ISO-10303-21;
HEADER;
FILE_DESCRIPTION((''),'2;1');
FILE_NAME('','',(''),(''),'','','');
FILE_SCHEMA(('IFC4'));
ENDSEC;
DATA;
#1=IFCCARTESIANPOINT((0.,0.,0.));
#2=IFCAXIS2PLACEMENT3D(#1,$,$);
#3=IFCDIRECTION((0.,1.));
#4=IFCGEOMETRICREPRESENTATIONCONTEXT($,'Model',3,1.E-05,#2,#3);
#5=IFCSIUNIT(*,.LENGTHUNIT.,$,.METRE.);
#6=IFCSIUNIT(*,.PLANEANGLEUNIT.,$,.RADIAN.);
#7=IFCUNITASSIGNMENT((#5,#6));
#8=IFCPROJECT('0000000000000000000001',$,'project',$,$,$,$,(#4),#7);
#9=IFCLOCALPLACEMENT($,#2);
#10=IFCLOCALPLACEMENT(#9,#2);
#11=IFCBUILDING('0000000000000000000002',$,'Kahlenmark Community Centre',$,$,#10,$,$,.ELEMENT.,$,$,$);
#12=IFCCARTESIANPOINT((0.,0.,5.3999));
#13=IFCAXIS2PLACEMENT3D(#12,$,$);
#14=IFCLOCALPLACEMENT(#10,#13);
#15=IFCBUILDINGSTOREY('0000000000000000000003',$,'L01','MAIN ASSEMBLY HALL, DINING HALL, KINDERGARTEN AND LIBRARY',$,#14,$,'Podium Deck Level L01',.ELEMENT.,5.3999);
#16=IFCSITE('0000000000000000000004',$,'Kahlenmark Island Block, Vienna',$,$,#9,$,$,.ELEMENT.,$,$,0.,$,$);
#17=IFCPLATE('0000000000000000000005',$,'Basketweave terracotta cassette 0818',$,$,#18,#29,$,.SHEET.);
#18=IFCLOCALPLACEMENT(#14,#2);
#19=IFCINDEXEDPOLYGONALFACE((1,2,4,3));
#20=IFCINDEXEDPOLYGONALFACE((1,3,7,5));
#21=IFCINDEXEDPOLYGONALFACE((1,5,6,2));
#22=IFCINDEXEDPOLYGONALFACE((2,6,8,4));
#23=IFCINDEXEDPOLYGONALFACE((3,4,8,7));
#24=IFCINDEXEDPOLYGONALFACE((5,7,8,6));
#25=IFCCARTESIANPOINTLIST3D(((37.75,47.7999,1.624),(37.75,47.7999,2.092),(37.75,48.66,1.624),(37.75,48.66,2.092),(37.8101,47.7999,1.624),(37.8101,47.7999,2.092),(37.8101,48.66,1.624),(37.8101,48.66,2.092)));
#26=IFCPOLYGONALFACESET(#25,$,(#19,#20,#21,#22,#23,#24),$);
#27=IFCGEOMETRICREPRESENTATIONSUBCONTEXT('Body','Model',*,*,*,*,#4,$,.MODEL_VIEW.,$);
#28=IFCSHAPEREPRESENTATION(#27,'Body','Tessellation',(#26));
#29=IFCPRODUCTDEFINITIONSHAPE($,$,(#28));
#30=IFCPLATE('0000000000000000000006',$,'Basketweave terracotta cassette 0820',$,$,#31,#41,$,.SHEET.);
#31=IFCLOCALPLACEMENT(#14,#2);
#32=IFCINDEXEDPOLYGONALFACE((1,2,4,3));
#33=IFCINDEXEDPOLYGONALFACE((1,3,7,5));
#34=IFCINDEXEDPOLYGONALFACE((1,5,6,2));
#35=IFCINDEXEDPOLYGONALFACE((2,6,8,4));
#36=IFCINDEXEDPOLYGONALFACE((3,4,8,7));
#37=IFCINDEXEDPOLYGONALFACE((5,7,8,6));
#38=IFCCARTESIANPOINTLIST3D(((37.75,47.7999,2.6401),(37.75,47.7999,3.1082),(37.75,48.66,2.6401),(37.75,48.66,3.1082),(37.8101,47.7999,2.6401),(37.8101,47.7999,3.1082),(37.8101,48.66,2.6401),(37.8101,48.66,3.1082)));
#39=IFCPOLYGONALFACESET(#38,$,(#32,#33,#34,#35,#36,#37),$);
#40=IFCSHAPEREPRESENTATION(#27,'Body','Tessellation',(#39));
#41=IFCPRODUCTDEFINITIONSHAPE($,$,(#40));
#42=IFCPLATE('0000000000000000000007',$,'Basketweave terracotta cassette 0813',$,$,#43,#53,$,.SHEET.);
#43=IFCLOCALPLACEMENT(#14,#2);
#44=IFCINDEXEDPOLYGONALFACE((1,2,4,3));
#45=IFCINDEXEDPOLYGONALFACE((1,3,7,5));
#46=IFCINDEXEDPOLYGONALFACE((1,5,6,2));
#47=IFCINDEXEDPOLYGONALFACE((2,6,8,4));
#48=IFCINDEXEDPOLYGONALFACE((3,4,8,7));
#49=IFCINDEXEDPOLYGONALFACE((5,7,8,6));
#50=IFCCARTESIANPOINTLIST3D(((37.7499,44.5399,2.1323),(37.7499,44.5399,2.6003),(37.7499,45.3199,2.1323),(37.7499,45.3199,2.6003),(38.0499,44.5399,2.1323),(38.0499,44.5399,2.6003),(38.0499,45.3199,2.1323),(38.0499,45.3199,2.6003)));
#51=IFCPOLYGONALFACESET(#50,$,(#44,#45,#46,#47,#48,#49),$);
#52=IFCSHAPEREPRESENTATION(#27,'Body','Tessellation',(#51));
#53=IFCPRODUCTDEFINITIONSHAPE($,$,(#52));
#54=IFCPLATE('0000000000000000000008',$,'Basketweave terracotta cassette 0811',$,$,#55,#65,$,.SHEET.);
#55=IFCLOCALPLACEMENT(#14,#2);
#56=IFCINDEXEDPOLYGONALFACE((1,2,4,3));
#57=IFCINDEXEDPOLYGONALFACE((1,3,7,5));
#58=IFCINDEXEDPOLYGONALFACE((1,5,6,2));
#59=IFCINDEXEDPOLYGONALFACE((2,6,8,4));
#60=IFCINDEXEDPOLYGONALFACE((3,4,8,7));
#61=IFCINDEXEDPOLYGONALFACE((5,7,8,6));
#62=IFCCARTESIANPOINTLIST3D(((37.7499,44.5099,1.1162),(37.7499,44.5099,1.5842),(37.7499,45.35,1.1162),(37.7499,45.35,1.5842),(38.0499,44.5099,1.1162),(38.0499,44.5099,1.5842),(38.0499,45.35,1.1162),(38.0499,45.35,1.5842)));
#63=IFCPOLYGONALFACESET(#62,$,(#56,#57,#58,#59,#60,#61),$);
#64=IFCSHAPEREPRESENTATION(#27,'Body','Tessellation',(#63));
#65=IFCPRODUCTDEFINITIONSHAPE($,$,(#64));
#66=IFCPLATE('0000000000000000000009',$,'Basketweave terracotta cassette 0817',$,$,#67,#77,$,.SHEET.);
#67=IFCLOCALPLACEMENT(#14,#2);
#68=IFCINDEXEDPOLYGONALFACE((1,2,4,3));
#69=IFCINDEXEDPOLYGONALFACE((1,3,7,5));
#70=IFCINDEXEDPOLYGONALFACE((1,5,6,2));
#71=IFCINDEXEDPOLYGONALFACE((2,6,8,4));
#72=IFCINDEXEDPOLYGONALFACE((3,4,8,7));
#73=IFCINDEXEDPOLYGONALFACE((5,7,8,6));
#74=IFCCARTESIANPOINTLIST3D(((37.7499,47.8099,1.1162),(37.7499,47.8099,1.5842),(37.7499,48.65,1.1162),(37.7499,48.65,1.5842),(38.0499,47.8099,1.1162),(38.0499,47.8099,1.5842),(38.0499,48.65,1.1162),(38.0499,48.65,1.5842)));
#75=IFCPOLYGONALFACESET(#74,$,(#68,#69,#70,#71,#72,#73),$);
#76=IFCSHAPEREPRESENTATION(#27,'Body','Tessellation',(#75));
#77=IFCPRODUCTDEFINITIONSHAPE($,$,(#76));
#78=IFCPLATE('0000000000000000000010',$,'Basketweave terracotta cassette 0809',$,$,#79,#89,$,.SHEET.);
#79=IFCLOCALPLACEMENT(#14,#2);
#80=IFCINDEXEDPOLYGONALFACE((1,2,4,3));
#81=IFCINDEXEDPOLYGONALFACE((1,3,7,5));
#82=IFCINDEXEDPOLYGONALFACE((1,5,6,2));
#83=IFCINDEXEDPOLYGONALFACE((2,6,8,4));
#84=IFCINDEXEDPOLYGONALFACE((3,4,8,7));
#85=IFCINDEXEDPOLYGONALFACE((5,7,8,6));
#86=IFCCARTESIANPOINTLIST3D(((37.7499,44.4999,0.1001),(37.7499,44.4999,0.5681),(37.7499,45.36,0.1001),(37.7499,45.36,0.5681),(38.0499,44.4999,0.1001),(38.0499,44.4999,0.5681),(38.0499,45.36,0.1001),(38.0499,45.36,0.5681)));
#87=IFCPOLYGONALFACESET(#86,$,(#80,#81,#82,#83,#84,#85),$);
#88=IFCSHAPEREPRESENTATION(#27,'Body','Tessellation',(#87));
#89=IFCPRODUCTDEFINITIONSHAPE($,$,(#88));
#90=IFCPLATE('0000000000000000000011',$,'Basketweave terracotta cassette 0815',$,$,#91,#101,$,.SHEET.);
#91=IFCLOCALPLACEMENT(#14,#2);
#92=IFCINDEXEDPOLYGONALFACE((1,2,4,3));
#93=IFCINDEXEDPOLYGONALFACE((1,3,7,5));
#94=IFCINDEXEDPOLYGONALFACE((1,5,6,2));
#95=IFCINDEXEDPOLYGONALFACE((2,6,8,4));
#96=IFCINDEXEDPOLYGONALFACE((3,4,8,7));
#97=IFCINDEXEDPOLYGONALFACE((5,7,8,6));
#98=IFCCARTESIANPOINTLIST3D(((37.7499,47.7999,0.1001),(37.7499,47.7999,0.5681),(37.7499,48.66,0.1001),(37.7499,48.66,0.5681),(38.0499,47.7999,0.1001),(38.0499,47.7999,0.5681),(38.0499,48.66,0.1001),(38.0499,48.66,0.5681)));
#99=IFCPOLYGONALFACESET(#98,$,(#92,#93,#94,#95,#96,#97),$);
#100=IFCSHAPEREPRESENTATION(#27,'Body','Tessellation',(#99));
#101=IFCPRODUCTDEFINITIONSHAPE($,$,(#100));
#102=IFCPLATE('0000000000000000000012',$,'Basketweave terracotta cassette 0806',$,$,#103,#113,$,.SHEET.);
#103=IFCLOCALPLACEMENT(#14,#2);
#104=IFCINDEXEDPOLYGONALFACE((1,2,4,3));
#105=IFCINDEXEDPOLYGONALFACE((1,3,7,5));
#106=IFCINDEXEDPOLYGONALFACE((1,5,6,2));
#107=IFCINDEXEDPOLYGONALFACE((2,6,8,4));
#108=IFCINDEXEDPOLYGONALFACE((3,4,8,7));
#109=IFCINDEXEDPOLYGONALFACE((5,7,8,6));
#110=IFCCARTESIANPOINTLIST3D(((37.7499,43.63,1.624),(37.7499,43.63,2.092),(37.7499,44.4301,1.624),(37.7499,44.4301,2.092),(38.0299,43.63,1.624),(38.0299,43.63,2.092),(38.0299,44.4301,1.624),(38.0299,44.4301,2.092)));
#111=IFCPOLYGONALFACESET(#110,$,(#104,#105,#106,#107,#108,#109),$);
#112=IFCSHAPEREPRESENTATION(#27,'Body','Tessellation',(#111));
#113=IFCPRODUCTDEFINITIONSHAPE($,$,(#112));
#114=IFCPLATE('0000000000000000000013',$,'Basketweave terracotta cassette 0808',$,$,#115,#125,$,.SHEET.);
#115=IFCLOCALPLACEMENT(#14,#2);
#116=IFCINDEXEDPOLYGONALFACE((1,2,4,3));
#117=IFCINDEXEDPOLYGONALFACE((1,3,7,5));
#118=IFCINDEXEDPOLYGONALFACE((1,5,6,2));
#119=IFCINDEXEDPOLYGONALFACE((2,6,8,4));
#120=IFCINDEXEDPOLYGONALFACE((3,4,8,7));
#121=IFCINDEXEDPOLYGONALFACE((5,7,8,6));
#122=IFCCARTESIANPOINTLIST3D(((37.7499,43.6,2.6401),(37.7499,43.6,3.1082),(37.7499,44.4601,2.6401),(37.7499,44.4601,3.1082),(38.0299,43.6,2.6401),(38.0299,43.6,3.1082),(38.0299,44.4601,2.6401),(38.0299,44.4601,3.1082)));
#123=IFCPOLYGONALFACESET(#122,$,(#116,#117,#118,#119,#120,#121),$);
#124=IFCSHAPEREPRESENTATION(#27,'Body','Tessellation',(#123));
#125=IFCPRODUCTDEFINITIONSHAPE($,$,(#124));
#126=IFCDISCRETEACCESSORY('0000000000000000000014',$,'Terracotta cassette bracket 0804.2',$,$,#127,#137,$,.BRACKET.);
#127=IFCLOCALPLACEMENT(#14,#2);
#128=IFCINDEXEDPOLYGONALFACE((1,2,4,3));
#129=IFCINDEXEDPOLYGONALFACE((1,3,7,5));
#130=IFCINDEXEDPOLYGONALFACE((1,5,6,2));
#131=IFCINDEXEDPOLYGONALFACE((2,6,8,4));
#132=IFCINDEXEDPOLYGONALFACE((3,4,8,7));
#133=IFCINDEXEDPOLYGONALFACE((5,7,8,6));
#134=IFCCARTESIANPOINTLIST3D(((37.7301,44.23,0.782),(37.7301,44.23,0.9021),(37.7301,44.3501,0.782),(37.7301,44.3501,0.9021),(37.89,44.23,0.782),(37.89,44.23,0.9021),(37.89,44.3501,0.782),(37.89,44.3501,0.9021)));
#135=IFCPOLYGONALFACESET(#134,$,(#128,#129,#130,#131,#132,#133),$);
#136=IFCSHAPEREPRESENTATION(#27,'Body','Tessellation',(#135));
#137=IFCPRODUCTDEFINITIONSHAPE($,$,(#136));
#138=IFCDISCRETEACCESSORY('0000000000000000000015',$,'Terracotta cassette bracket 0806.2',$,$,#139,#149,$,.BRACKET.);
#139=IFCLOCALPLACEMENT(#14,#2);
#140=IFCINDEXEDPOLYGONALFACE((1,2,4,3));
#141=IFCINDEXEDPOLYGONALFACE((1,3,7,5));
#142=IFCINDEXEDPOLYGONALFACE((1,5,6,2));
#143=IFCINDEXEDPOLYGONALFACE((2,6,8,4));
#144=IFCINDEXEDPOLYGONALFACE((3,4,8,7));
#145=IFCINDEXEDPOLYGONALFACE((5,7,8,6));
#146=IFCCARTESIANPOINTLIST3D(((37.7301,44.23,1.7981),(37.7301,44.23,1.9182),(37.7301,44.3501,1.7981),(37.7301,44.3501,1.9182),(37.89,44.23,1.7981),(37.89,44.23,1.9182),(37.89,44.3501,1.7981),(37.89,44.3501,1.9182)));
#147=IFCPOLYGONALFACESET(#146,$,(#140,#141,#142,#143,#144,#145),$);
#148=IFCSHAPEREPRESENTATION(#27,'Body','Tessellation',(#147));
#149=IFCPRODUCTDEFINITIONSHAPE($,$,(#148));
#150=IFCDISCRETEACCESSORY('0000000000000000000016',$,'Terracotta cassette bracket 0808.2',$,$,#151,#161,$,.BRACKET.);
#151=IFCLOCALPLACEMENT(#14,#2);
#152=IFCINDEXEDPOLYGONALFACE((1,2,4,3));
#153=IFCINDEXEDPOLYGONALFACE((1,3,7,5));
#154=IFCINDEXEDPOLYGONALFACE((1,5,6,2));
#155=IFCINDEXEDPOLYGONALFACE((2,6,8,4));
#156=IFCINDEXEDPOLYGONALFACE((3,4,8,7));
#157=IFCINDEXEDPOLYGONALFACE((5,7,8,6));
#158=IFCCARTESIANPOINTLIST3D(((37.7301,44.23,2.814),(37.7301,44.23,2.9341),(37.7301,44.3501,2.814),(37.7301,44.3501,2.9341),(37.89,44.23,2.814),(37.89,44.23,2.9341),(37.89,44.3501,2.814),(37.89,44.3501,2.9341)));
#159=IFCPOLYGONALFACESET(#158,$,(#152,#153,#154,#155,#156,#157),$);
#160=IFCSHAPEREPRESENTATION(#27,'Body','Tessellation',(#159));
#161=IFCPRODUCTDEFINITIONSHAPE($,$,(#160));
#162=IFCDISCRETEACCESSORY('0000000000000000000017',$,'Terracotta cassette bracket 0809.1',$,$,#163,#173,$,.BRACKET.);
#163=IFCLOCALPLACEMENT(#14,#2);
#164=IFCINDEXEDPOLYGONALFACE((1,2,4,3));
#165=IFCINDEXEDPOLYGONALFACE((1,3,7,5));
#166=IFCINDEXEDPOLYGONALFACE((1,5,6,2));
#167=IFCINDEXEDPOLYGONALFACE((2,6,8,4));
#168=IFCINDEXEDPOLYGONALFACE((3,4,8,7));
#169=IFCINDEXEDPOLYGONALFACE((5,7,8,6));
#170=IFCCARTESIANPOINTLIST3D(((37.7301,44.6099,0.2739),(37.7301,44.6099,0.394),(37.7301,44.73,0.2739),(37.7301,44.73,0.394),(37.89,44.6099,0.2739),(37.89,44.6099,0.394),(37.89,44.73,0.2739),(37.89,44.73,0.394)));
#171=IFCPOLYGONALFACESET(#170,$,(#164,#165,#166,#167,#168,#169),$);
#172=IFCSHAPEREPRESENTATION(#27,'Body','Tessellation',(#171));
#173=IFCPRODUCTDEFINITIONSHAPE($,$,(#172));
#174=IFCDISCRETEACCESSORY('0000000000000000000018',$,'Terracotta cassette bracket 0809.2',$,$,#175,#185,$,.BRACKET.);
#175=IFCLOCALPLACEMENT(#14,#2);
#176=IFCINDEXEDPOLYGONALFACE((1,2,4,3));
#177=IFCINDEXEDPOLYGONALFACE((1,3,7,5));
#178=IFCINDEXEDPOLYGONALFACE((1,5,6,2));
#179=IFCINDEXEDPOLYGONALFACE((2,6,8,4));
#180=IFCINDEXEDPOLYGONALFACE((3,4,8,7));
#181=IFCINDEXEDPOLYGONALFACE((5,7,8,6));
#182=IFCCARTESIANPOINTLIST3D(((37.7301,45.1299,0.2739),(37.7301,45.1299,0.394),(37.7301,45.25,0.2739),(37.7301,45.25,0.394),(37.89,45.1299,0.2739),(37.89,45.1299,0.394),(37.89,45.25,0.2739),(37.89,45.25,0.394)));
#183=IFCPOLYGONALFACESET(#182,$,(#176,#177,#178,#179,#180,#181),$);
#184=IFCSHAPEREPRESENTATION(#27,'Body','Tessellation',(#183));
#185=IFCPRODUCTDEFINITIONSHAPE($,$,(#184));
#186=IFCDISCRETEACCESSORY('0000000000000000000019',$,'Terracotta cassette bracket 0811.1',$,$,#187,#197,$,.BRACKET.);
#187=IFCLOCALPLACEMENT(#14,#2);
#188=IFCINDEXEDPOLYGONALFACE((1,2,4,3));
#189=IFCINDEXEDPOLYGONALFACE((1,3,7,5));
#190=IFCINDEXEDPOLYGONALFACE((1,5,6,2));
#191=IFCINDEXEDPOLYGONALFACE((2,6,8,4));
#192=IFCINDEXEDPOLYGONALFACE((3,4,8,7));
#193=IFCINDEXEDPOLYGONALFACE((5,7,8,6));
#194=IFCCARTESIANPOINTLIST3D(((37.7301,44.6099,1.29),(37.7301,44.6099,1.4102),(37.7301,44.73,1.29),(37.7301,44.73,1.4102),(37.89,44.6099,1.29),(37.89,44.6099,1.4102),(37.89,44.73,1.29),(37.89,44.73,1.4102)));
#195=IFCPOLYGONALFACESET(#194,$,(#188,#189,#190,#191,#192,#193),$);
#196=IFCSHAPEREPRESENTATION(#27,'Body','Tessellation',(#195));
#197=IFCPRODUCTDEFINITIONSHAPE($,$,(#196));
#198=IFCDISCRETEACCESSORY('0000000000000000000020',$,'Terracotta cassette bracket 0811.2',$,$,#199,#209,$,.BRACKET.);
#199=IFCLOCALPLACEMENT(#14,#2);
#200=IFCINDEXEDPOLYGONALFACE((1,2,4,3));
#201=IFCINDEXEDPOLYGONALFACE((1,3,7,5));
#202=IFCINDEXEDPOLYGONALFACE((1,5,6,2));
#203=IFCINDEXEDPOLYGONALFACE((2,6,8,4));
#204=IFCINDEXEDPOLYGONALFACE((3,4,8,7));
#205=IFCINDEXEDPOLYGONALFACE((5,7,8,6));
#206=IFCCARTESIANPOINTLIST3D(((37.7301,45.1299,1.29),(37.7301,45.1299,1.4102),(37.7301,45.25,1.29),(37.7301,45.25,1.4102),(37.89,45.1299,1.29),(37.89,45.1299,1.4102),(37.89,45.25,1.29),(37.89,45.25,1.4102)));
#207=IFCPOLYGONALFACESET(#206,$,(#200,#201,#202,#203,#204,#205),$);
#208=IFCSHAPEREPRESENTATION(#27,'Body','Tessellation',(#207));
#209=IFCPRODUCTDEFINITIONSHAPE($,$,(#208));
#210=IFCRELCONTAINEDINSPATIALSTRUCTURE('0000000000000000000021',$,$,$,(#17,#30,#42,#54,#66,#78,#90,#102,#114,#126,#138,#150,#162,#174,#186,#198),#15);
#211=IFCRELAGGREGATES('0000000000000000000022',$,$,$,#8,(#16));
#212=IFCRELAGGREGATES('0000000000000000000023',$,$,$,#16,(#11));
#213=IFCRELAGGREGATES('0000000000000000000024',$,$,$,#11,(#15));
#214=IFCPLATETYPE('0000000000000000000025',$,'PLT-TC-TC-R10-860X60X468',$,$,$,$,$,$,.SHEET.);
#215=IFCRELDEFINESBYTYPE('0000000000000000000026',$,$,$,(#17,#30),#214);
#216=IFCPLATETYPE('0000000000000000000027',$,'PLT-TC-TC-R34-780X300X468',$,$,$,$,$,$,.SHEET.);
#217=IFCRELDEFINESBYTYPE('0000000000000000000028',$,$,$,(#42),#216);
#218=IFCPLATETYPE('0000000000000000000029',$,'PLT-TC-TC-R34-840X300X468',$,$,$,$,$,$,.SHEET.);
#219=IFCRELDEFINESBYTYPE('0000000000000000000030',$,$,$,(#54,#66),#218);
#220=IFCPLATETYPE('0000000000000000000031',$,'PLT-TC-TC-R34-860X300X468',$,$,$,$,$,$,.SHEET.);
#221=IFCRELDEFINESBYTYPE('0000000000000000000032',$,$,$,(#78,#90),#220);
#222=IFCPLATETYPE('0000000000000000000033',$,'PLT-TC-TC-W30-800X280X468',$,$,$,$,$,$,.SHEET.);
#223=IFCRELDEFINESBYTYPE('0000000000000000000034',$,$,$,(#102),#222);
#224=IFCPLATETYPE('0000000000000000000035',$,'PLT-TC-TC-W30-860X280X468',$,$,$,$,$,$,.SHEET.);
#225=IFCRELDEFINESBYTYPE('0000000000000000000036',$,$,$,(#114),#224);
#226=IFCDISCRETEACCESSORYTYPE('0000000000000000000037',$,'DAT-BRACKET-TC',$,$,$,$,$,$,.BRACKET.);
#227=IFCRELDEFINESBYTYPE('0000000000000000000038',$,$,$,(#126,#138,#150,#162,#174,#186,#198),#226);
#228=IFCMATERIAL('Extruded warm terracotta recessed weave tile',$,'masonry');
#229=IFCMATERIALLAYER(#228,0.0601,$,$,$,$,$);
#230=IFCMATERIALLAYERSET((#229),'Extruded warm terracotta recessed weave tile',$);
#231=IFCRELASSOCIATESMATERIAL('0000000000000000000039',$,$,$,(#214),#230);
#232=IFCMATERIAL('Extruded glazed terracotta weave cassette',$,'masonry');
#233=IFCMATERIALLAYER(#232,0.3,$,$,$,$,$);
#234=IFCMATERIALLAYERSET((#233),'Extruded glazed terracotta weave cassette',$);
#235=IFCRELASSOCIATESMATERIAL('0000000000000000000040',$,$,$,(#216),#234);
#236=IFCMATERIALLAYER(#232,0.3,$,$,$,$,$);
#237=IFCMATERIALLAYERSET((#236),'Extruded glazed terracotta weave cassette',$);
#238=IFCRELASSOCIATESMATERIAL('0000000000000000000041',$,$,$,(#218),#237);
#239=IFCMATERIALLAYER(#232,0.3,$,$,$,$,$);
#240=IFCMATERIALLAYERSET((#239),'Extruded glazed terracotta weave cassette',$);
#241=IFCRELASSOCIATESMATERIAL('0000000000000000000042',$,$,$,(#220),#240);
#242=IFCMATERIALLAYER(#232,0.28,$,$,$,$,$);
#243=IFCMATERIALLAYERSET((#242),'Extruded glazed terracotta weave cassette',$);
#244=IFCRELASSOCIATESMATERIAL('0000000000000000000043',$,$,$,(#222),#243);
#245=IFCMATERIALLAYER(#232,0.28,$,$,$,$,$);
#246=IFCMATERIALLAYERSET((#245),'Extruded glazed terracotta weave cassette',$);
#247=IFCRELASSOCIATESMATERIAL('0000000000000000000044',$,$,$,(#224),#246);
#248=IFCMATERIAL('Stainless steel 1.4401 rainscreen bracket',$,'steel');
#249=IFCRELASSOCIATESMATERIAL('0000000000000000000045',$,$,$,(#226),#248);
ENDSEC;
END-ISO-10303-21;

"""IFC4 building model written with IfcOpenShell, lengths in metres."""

from ifc_helpers import new_model, si_unit, direction, frame, origin, origin_2d, place, context, subcontext, project, spatial, rectangle, extrude, material, layer, layer_set, type_object, element, save


model = new_model("IFC4")

# Units and contexts
model_context = context("Model", 3, precision=1e-05, world=origin(), true_north=direction((0.0, 1.0)))
body_context = subcontext(model_context, "Body", "Model", "MODEL_VIEW")
ifc_project = project(units=[si_unit("LENGTHUNIT", "METRE"), si_unit("PLANEANGLEUNIT", "RADIAN")], contexts=[model_context])

# Site, building, storey
site_placement = place(None, origin())
site = spatial("IfcSite", under=ifc_project, at=site_placement, Name="Kahlenmark Island Block, Vienna", CompositionType="ELEMENT", RefElevation=0.0)
building_placement = place(site_placement, origin())
building = spatial("IfcBuilding", under=site, at=building_placement, Name="Kahlenmark Community Centre", CompositionType="ELEMENT")
storey_placement = place(building_placement, frame((0.0, 0.0, 5.3999)))
storey = spatial("IfcBuildingStorey", under=building, at=storey_placement, Name="L01", Description="MAIN ASSEMBLY HALL, DINING HALL, KINDERGARTEN AND LIBRARY", LongName="Podium Deck Level L01", CompositionType="ELEMENT", Elevation=5.3999)

# Plates
ifc_material_1 = material(Name="Extruded warm terracotta recessed weave tile", Category="masonry")
ifc_layer_1 = layer(ifc_material_1, 0.0601)
ifc_layer_set_1 = layer_set([ifc_layer_1], Name="Extruded warm terracotta recessed weave tile")
plate_type_1 = type_object("IfcPlateType", Name="PLT-TC-TC-R10-860X60X468", PredefinedType="SHEET", material=ifc_layer_set_1)
for number, where, z_axis, x_axis, name in (
    (1, (37.78, 48.23, 1.624), (0.0, 0.0, 1.0), (0.0, 1.0, 0.0), "Basketweave terracotta cassette 0818"),
    (2, (37.78, 48.23, 2.6401), (0.0, 0.0, 1.0), (0.0, 1.0, 0.0), "Basketweave terracotta cassette 0820"),
):
    element("IfcPlate", number, at=place(storey_placement, frame(where, z_axis=z_axis, x_axis=x_axis)), inside=storey, type_object=plate_type_1, Name=name, PredefinedType="SHEET", context=body_context, shape_type="SweptSolid", body=[
        extrude(rectangle(XDim=0.8601, YDim=0.0601, at=origin_2d()), origin(), (0.0, 0.0, 1.0), 0.468),
    ])
ifc_material_2 = material(Name="Extruded glazed terracotta weave cassette", Category="masonry")
ifc_layer_2 = layer(ifc_material_2, 0.3)
ifc_layer_set_2 = layer_set([ifc_layer_2], Name="Extruded glazed terracotta weave cassette")
plate_type_2 = type_object("IfcPlateType", Name="PLT-TC-TC-R34-780X300X468", PredefinedType="SHEET", material=ifc_layer_set_2)
plate_1_placement = place(storey_placement, frame((37.8999, 44.9299, 2.1323), z_axis=(0.0, 0.0, 1.0), x_axis=(0.0, 1.0, 0.0)))
element("IfcPlate", 3, at=plate_1_placement, inside=storey, type_object=plate_type_2, Name="Basketweave terracotta cassette 0813", PredefinedType="SHEET", context=body_context, shape_type="SweptSolid", body=[
    extrude(rectangle(XDim=0.78, YDim=0.3, at=origin_2d()), origin(), (0.0, 0.0, 1.0), 0.468),
])
ifc_layer_3 = layer(ifc_material_2, 0.3)
ifc_layer_set_3 = layer_set([ifc_layer_3], Name="Extruded glazed terracotta weave cassette")
plate_type_3 = type_object("IfcPlateType", Name="PLT-TC-TC-R34-840X300X468", PredefinedType="SHEET", material=ifc_layer_set_3)
for number, where, z_axis, x_axis, name in (
    (4, (37.8999, 44.9299, 1.1162), (0.0, 0.0, 1.0), (0.0, 1.0, 0.0), "Basketweave terracotta cassette 0811"),
    (5, (37.8999, 48.23, 1.1162), (0.0, 0.0, 1.0), (0.0, 1.0, 0.0), "Basketweave terracotta cassette 0817"),
):
    element("IfcPlate", number, at=place(storey_placement, frame(where, z_axis=z_axis, x_axis=x_axis)), inside=storey, type_object=plate_type_3, Name=name, PredefinedType="SHEET", context=body_context, shape_type="SweptSolid", body=[
        extrude(rectangle(XDim=0.8401, YDim=0.3, at=origin_2d()), origin(), (0.0, 0.0, 1.0), 0.468),
    ])
ifc_layer_4 = layer(ifc_material_2, 0.3)
ifc_layer_set_4 = layer_set([ifc_layer_4], Name="Extruded glazed terracotta weave cassette")
plate_type_4 = type_object("IfcPlateType", Name="PLT-TC-TC-R34-860X300X468", PredefinedType="SHEET", material=ifc_layer_set_4)
for number, where, z_axis, x_axis, name in (
    (6, (37.8999, 44.9299, 0.1001), (0.0, 0.0, 1.0), (0.0, 1.0, 0.0), "Basketweave terracotta cassette 0809"),
    (7, (37.8999, 48.23, 0.1001), (0.0, 0.0, 1.0), (0.0, 1.0, 0.0), "Basketweave terracotta cassette 0815"),
):
    element("IfcPlate", number, at=place(storey_placement, frame(where, z_axis=z_axis, x_axis=x_axis)), inside=storey, type_object=plate_type_4, Name=name, PredefinedType="SHEET", context=body_context, shape_type="SweptSolid", body=[
        extrude(rectangle(XDim=0.8601, YDim=0.3, at=origin_2d()), origin(), (0.0, 0.0, 1.0), 0.468),
    ])
ifc_layer_5 = layer(ifc_material_2, 0.28)
ifc_layer_set_5 = layer_set([ifc_layer_5], Name="Extruded glazed terracotta weave cassette")
plate_type_5 = type_object("IfcPlateType", Name="PLT-TC-TC-W30-800X280X468", PredefinedType="SHEET", material=ifc_layer_set_5)
plate_2_placement = place(storey_placement, frame((37.8899, 44.03, 1.624), z_axis=(0.0, 0.0, 1.0), x_axis=(0.0, 1.0, 0.0)))
element("IfcPlate", 8, at=plate_2_placement, inside=storey, type_object=plate_type_5, Name="Basketweave terracotta cassette 0806", PredefinedType="SHEET", context=body_context, shape_type="SweptSolid", body=[
    extrude(rectangle(XDim=0.8, YDim=0.28, at=origin_2d()), origin(), (0.0, 0.0, 1.0), 0.468),
])
ifc_layer_6 = layer(ifc_material_2, 0.28)
ifc_layer_set_6 = layer_set([ifc_layer_6], Name="Extruded glazed terracotta weave cassette")
plate_type_6 = type_object("IfcPlateType", Name="PLT-TC-TC-W30-860X280X468", PredefinedType="SHEET", material=ifc_layer_set_6)
plate_3_placement = place(storey_placement, frame((37.8899, 44.03, 2.6401), z_axis=(0.0, 0.0, 1.0), x_axis=(0.0, 1.0, 0.0)))
element("IfcPlate", 9, at=plate_3_placement, inside=storey, type_object=plate_type_6, Name="Basketweave terracotta cassette 0808", PredefinedType="SHEET", context=body_context, shape_type="SweptSolid", body=[
    extrude(rectangle(XDim=0.8601, YDim=0.28, at=origin_2d()), origin(), (0.0, 0.0, 1.0), 0.468),
])

# Discrete accessories
ifc_material_3 = material(Name="Stainless steel 1.4401 rainscreen bracket", Category="steel")
discrete_accessory_type = type_object("IfcDiscreteAccessoryType", Name="DAT-BRACKET-TC", PredefinedType="BRACKET", material=ifc_material_3)
for number, where, z_axis, x_axis, name in (
    (10, (37.8101, 44.29, 0.782), (0.0, 0.0, 1.0), (0.0, 1.0, 0.0), "Terracotta cassette bracket 0804.2"),
    (11, (37.8101, 44.29, 1.7981), (0.0, 0.0, 1.0), (0.0, 1.0, 0.0), "Terracotta cassette bracket 0806.2"),
    (12, (37.8101, 44.29, 2.814), (0.0, 0.0, 1.0), (0.0, 1.0, 0.0), "Terracotta cassette bracket 0808.2"),
    (13, (37.8101, 44.6699, 0.2739), (0.0, 0.0, 1.0), (0.0, 1.0, 0.0), "Terracotta cassette bracket 0809.1"),
    (14, (37.8101, 45.1899, 0.2739), (0.0, 0.0, 1.0), (0.0, 1.0, 0.0), "Terracotta cassette bracket 0809.2"),
    (15, (37.8101, 44.6699, 1.29), (0.0, 0.0, 1.0), (0.0, 1.0, 0.0), "Terracotta cassette bracket 0811.1"),
    (16, (37.8101, 45.1899, 1.29), (0.0, 0.0, 1.0), (0.0, 1.0, 0.0), "Terracotta cassette bracket 0811.2"),
):
    element("IfcDiscreteAccessory", number, at=place(storey_placement, frame(where, z_axis=z_axis, x_axis=x_axis)), inside=storey, type_object=discrete_accessory_type, Name=name, PredefinedType="BRACKET", context=body_context, shape_type="SweptSolid", body=[
        extrude(rectangle(XDim=0.1201, YDim=0.1599, at=origin_2d()), origin(), (0.0, 0.0, 1.0), 0.1201),
    ])

save(model, "model.ifc")
